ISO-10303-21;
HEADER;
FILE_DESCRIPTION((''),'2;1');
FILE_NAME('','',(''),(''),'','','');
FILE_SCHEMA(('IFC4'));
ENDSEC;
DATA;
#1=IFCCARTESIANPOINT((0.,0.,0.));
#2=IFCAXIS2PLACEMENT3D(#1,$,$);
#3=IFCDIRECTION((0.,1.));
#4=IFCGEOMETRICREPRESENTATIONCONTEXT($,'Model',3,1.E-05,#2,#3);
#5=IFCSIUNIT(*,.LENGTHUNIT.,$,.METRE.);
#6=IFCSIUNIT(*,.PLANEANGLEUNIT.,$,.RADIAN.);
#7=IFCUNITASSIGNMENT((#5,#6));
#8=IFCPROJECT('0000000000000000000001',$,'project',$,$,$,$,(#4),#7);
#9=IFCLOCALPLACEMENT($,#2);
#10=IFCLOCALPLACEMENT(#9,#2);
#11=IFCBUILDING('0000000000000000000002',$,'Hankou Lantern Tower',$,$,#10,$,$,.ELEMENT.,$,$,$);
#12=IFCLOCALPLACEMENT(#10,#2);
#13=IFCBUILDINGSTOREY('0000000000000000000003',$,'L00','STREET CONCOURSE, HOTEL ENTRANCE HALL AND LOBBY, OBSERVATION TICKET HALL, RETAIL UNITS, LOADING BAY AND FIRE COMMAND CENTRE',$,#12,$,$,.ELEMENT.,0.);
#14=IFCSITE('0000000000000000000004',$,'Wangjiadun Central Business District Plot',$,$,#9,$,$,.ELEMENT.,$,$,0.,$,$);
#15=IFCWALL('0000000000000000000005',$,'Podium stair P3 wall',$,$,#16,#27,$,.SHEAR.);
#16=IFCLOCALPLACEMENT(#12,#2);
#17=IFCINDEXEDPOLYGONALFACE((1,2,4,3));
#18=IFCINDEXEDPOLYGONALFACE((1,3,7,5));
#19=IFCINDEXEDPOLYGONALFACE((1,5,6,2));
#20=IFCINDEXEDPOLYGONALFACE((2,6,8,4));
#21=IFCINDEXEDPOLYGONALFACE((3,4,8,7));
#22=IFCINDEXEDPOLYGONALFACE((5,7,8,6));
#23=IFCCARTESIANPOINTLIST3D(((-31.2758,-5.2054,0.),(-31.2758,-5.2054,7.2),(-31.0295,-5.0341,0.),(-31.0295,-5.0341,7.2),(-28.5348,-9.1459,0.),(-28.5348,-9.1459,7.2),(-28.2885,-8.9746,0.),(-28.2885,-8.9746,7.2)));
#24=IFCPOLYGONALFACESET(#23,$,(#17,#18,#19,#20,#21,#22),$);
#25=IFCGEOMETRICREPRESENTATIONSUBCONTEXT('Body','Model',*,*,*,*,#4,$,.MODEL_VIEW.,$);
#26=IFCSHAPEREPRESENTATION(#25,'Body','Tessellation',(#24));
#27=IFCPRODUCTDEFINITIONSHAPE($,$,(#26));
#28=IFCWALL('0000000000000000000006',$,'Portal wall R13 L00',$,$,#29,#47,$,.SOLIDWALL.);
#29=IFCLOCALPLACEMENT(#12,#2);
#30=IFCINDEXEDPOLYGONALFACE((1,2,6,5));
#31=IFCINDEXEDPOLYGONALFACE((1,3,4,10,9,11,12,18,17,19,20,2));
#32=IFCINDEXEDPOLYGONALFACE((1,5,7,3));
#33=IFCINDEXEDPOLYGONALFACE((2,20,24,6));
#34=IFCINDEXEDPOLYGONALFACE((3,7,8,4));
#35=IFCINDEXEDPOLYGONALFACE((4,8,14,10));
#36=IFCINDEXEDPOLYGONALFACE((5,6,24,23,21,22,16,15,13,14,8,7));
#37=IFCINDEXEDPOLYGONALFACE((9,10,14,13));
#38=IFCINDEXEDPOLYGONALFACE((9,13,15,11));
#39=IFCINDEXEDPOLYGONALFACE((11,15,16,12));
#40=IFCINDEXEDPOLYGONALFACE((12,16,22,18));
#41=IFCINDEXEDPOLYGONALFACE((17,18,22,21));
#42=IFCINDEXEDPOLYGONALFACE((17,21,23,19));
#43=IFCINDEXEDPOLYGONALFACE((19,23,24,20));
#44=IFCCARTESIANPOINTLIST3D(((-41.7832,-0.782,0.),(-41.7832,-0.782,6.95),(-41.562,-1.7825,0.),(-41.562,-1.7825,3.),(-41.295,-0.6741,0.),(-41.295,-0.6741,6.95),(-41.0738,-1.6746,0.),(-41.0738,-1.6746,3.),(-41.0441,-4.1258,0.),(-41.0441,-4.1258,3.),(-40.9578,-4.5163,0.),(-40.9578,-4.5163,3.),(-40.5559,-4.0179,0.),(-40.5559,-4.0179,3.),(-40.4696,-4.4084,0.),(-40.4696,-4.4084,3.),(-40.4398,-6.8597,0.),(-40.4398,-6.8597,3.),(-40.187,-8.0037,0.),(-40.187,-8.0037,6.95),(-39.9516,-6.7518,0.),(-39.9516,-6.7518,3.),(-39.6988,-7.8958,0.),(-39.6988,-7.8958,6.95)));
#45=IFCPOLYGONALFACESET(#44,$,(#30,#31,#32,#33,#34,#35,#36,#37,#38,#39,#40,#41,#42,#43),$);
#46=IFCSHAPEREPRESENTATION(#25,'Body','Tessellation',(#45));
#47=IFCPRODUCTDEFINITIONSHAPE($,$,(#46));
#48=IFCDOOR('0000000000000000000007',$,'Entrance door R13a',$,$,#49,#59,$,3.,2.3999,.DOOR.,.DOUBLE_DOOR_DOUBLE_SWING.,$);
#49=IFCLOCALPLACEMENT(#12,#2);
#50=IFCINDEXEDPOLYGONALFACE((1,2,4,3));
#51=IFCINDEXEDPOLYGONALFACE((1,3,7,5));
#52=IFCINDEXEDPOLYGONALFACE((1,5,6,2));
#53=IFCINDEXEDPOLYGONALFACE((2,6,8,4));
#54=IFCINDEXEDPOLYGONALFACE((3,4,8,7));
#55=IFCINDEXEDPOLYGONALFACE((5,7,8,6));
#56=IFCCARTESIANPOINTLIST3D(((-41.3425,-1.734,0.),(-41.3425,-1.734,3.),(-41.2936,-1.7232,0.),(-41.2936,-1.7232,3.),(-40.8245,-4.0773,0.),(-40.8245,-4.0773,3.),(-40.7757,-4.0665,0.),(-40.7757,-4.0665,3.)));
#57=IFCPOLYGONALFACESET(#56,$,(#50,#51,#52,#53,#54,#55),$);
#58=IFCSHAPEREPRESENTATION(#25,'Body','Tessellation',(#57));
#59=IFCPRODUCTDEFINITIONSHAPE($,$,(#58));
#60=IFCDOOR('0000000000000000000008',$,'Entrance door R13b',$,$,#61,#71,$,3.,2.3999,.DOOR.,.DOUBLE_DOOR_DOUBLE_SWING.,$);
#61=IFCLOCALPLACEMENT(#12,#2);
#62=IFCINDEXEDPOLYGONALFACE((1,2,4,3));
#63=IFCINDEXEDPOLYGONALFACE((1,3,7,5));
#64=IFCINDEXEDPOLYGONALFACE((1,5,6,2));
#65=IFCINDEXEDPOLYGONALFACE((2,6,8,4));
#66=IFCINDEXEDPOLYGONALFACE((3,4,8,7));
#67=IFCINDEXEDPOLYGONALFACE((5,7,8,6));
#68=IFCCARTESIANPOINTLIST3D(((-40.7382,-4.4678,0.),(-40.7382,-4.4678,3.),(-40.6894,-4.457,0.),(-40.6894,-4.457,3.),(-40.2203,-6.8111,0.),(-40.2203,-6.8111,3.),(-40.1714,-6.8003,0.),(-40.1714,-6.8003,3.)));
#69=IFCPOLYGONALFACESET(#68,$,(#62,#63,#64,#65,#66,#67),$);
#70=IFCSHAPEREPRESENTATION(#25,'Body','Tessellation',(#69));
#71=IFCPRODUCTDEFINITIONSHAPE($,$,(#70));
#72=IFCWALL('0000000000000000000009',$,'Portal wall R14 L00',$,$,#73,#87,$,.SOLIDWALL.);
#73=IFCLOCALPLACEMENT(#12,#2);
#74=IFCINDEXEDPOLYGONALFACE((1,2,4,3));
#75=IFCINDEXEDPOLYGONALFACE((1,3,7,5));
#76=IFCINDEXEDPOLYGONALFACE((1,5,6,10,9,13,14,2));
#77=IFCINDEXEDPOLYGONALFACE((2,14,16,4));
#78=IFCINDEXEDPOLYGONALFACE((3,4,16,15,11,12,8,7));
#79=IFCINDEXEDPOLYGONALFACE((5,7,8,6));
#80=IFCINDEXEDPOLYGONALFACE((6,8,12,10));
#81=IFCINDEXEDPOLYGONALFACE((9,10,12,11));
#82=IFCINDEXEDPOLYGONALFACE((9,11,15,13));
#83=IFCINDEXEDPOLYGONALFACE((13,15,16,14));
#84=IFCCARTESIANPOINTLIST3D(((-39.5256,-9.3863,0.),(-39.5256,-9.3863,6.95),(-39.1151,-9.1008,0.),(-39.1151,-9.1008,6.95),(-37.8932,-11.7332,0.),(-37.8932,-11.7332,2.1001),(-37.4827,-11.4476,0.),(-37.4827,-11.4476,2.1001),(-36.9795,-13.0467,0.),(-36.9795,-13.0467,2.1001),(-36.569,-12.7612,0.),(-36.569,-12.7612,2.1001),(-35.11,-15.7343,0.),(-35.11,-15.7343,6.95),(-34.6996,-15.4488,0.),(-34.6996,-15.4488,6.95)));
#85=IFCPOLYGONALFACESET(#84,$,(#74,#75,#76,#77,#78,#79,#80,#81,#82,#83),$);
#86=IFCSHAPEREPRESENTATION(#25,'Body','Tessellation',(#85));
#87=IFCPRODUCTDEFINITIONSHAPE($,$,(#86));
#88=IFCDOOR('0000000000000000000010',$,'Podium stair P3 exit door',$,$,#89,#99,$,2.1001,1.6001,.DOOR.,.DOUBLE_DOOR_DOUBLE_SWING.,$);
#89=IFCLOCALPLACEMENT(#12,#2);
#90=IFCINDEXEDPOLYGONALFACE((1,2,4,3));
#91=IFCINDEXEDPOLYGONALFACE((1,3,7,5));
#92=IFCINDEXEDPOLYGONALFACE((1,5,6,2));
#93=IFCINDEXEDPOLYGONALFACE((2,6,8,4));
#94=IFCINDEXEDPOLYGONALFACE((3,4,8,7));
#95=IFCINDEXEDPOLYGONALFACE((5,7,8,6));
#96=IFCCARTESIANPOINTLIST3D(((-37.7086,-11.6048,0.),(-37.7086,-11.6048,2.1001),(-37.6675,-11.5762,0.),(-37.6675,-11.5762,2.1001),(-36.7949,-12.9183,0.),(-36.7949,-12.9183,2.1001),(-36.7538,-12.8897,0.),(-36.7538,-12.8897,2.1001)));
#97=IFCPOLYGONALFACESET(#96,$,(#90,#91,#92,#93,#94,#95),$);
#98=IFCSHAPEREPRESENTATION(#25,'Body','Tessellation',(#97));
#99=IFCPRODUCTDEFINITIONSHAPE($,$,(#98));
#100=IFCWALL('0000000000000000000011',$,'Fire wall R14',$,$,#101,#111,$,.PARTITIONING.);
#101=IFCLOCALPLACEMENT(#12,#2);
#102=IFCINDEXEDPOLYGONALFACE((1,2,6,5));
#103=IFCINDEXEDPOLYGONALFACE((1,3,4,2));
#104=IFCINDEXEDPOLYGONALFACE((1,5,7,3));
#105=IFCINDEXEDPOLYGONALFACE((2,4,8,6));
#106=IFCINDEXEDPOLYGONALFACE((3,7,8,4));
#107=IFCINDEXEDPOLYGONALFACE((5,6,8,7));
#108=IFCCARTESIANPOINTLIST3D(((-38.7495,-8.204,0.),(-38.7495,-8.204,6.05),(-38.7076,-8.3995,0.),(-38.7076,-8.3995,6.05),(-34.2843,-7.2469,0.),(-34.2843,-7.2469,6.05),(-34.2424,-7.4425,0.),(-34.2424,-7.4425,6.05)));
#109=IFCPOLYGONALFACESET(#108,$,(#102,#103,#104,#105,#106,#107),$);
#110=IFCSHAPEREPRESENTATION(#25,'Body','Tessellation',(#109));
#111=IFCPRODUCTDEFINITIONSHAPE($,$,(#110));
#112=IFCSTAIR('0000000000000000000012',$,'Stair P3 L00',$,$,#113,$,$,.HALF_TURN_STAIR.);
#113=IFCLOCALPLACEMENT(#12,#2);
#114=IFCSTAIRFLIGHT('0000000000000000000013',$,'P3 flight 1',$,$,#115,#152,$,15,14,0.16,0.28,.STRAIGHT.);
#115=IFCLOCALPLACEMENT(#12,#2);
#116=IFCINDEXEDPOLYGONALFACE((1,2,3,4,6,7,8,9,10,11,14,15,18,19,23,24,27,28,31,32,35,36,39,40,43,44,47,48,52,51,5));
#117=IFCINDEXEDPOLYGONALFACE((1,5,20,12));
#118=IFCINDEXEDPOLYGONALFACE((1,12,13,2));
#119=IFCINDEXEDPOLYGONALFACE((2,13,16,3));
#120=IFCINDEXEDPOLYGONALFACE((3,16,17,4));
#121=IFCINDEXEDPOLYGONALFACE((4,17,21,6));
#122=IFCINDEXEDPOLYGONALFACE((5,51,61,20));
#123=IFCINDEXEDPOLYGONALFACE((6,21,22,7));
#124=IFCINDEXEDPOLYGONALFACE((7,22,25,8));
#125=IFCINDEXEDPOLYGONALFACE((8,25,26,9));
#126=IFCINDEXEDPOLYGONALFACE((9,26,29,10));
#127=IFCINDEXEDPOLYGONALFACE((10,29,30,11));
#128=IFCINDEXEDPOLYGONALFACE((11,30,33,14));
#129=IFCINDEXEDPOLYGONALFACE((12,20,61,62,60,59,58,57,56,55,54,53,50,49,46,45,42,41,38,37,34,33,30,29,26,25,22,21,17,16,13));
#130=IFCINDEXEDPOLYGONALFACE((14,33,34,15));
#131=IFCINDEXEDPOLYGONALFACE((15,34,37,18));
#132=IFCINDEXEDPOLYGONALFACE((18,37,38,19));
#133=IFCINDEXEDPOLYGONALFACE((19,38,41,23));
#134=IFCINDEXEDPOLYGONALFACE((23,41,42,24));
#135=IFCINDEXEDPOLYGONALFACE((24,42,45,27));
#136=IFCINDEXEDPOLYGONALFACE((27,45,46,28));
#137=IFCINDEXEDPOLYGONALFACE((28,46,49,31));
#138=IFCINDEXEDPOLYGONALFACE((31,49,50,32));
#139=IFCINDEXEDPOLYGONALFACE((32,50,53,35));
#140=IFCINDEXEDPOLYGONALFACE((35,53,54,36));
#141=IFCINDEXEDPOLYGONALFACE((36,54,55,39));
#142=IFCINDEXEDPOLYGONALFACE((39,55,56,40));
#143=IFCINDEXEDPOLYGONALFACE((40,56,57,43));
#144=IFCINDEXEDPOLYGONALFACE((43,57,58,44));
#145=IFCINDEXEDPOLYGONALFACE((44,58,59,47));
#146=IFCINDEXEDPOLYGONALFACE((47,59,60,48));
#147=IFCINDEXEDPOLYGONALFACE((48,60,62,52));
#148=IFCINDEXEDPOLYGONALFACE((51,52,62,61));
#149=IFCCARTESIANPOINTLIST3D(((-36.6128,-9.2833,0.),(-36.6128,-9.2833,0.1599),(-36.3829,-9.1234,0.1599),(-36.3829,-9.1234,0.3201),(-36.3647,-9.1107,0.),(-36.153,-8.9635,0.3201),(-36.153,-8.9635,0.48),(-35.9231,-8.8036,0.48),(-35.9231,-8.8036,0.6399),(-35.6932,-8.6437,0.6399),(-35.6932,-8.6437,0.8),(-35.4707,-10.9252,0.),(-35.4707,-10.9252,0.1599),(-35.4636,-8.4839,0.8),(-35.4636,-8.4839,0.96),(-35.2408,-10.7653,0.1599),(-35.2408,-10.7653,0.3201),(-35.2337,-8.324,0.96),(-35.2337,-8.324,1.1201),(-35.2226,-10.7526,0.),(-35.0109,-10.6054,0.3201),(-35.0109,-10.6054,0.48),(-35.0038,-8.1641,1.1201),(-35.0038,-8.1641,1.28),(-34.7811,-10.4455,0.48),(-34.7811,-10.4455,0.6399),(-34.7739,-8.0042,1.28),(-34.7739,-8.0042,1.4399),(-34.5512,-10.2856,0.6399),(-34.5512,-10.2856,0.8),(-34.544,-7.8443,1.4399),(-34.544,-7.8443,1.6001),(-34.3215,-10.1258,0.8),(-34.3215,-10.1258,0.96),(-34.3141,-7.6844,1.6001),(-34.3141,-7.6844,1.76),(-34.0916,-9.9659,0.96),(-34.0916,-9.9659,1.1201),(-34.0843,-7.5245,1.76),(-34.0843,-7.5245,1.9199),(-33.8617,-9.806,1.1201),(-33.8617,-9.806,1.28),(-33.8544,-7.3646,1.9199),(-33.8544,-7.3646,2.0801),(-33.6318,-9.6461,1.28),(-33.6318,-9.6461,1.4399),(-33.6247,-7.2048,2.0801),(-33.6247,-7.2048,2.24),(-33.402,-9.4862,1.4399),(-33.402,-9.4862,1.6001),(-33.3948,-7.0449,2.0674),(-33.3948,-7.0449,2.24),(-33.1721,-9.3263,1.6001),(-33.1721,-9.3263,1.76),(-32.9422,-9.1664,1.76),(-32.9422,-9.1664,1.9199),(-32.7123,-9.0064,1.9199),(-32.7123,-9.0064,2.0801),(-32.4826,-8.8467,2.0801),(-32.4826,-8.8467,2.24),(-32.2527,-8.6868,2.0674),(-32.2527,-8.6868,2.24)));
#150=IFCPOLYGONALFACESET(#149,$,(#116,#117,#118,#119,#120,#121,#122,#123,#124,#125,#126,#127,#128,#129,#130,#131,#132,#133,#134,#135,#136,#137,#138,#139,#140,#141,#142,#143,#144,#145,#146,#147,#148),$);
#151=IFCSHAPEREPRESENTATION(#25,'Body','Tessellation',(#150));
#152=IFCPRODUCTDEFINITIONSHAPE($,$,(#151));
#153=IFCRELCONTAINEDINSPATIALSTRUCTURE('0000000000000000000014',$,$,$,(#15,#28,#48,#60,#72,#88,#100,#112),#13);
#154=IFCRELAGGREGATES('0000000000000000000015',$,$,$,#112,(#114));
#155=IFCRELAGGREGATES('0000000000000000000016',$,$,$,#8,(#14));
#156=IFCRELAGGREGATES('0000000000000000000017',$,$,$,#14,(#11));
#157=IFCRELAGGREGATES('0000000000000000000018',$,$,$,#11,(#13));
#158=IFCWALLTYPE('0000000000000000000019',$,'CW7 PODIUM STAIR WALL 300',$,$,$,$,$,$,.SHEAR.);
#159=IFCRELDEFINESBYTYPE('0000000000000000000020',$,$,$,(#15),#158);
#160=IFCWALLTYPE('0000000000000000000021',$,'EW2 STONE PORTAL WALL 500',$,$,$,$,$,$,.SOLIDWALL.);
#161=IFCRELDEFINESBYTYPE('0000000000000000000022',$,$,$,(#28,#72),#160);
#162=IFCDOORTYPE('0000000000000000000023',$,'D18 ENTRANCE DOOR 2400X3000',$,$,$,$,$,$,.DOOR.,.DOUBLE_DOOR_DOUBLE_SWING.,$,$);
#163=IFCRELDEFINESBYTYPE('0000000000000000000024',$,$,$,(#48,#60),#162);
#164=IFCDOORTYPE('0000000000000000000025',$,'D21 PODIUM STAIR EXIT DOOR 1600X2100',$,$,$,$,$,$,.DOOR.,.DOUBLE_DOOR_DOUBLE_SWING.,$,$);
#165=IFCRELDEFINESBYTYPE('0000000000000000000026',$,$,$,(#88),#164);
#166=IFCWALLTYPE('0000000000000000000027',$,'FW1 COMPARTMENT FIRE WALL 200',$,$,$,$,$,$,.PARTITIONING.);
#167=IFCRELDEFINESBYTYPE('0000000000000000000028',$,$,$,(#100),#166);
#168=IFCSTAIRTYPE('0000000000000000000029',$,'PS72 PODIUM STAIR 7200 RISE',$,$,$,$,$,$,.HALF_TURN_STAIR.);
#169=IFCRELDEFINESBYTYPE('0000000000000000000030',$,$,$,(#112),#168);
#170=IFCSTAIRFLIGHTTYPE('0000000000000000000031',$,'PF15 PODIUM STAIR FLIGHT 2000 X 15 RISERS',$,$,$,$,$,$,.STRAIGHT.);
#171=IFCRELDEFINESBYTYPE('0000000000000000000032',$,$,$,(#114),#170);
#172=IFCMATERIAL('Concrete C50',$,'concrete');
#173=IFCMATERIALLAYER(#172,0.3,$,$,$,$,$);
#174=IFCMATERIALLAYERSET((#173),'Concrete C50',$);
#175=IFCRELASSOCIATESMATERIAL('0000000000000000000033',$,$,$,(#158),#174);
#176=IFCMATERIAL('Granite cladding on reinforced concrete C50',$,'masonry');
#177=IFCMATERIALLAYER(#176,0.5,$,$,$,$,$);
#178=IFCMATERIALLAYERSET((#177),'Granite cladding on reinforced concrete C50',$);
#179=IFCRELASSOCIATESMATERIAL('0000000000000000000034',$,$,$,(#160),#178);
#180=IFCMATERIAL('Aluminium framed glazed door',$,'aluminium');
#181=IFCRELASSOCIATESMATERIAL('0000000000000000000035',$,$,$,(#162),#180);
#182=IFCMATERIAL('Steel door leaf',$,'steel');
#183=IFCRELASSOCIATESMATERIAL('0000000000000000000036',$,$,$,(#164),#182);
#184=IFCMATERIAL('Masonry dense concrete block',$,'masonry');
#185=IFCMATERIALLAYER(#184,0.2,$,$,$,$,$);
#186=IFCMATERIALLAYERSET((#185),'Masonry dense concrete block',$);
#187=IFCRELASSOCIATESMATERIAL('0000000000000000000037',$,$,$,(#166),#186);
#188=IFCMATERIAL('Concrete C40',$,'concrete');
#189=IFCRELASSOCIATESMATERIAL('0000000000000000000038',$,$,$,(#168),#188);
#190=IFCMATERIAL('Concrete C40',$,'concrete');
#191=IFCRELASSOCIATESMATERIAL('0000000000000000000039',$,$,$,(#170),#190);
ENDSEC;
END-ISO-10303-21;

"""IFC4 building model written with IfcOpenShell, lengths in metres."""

from ifc_helpers import new_model, si_unit, direction, frame, frame_2d, origin, place, context, subcontext, project, spatial, polyline, rectangle, outline, extrude, material, layer, layer_set, type_object, element, fill, aggregate, save


model = new_model("IFC4")

# Units and contexts
model_context = context("Model", 3, precision=1e-05, world=origin(), true_north=direction((0.0, 1.0)))
body_context = subcontext(model_context, "Body", "Model", "MODEL_VIEW")
ifc_project = project(units=[si_unit("LENGTHUNIT", "METRE"), si_unit("PLANEANGLEUNIT", "RADIAN")], contexts=[model_context])

# Site, building, storey
site_placement = place(None, origin())
site = spatial("IfcSite", under=ifc_project, at=site_placement, Name="Wangjiadun Central Business District Plot", CompositionType="ELEMENT", RefElevation=0.0)
building_placement = place(site_placement, origin())
building = spatial("IfcBuilding", under=site, at=building_placement, Name="Hankou Lantern Tower", CompositionType="ELEMENT")
storey_placement = place(building_placement, origin())
storey = spatial("IfcBuildingStorey", under=building, at=storey_placement, Name="L00", Description="STREET CONCOURSE, HOTEL ENTRANCE HALL AND LOBBY, OBSERVATION TICKET HALL, RETAIL UNITS, LOADING BAY AND FIRE COMMAND CENTRE", CompositionType="ELEMENT", Elevation=0.0)

# Wall
ifc_material_1 = material(Name="Concrete C50", Category="concrete")
ifc_layer_1 = layer(ifc_material_1, 0.3)
ifc_layer_set_1 = layer_set([ifc_layer_1], Name="Concrete C50")
wall_type_1 = type_object("IfcWallType", Name="CW7 PODIUM STAIR WALL 300", PredefinedType="SHEAR", material=ifc_layer_set_1)
wall_1_placement = place(storey_placement, frame((-31.1526, -5.1199, 0.0), z_axis=(0.0, 0.0, 1.0), x_axis=(0.571036, -0.820925, 0.0)))
element("IfcWall", 1, at=wall_1_placement, inside=storey, type_object=wall_type_1, Name="Podium stair P3 wall", PredefinedType="SHEAR", context=body_context, shape_type="SweptSolid", body=[
    extrude(rectangle(XDim=4.8, YDim=0.3, at=frame_2d((2.3999, 0.0))), origin(), (0.0, 0.0, 1.0), 7.2),
])

# Wall, openings, doors
ifc_material_2 = material(Name="Granite cladding on reinforced concrete C50", Category="masonry")
ifc_layer_2 = layer(ifc_material_2, 0.5)
ifc_layer_set_2 = layer_set([ifc_layer_2], Name="Granite cladding on reinforced concrete C50")
wall_type_2 = type_object("IfcWallType", Name="EW2 STONE PORTAL WALL 500", PredefinedType="SOLIDWALL", material=ifc_layer_set_2)
wall_2_placement = place(storey_placement, frame((-41.5391, -0.728, 0.0), z_axis=(0.0, 0.0, 1.0), x_axis=(0.215819, -0.976433, 0.0)))
wall_2 = element("IfcWall", 2, at=wall_2_placement, inside=storey, type_object=wall_type_2, Name="Portal wall R13 L00", PredefinedType="SOLIDWALL", context=body_context, shape_type="SweptSolid", body=[
    extrude(rectangle(XDim=7.396, YDim=0.5, at=frame_2d((3.698, 0.0))), origin(), (0.0, 0.0, 1.0), 6.95),
])
opening_1_placement = place(wall_2_placement, frame((1.0247, 0.0, 0.0)))
opening_1 = element("IfcOpeningElement", 3, at=opening_1_placement, cuts=wall_2, PredefinedType="OPENING", context=body_context, shape_type="SweptSolid", body=[
    extrude(rectangle(XDim=2.3999, YDim=3.0, at=frame_2d((1.2, 1.5))), frame((0.0, 0.26, 0.0), z_axis=(0.0, -1.0, 0.0), x_axis=(1.0, 0.0, 0.0)), (0.0, 0.0, 1.0), 0.52),
])
opening_2_placement = place(wall_2_placement, frame((3.8245, 0.0, 0.0)))
opening_2 = element("IfcOpeningElement", 4, at=opening_2_placement, cuts=wall_2, PredefinedType="OPENING", context=body_context, shape_type="SweptSolid", body=[
    extrude(rectangle(XDim=2.3999, YDim=3.0, at=frame_2d((1.2, 1.5))), frame((0.0, 0.26, 0.0), z_axis=(0.0, -1.0, 0.0), x_axis=(1.0, 0.0, 0.0)), (0.0, 0.0, 1.0), 0.52),
])
ifc_material_3 = material(Name="Aluminium framed glazed door", Category="aluminium")
door_type_1 = type_object("IfcDoorType", Name="D18 ENTRANCE DOOR 2400X3000", OperationType="DOUBLE_DOOR_DOUBLE_SWING", PredefinedType="DOOR", material=ifc_material_3)
door_1_placement = place(opening_1_placement, origin())
door_1 = element("IfcDoor", 5, at=door_1_placement, inside=storey, type_object=door_type_1, Name="Entrance door R13a", OperationType="DOUBLE_DOOR_DOUBLE_SWING", OverallHeight=3.0, OverallWidth=2.3999, PredefinedType="DOOR", context=body_context, shape_type="SweptSolid", body=[
    extrude(rectangle(XDim=2.3999, YDim=3.0, at=frame_2d((1.2, 1.5))), frame((0.0, 0.0249, 0.0), z_axis=(0.0, -1.0, 0.0), x_axis=(1.0, 0.0, 0.0)), (0.0, 0.0, 1.0), 0.05),
])
fill(opening_1, door_1)
door_2_placement = place(opening_2_placement, origin())
door_2 = element("IfcDoor", 6, at=door_2_placement, inside=storey, type_object=door_type_1, Name="Entrance door R13b", OperationType="DOUBLE_DOOR_DOUBLE_SWING", OverallHeight=3.0, OverallWidth=2.3999, PredefinedType="DOOR", context=body_context, shape_type="SweptSolid", body=[
    extrude(rectangle(XDim=2.3999, YDim=3.0, at=frame_2d((1.2, 1.5))), frame((0.0, 0.0249, 0.0), z_axis=(0.0, -1.0, 0.0), x_axis=(1.0, 0.0, 0.0)), (0.0, 0.0, 1.0), 0.05),
])
fill(opening_2, door_2)

# Wall, opening, door
wall_3_placement = place(storey_placement, frame((-39.3203, -9.2437, 0.0), z_axis=(0.0, 0.0, 1.0), x_axis=(0.571029, -0.82093, 0.0)))
wall_3 = element("IfcWall", 7, at=wall_3_placement, inside=storey, type_object=wall_type_2, Name="Portal wall R14 L00", PredefinedType="SOLIDWALL", context=body_context, shape_type="SweptSolid", body=[
    extrude(rectangle(XDim=7.7327, YDim=0.5, at=frame_2d((3.8662, 0.0))), origin(), (0.0, 0.0, 1.0), 6.95),
])
opening_3_placement = place(wall_3_placement, frame((2.8586, 0.0, 0.0)))
opening_3 = element("IfcOpeningElement", 8, at=opening_3_placement, cuts=wall_3, PredefinedType="OPENING", context=body_context, shape_type="SweptSolid", body=[
    extrude(rectangle(XDim=1.6001, YDim=2.1001, at=frame_2d((0.8, 1.05))), frame((0.0, 0.26, 0.0), z_axis=(0.0, -1.0, 0.0), x_axis=(1.0, 0.0, 0.0)), (0.0, 0.0, 1.0), 0.52),
])
ifc_material_4 = material(Name="Steel door leaf", Category="steel")
door_type_2 = type_object("IfcDoorType", Name="D21 PODIUM STAIR EXIT DOOR 1600X2100", OperationType="DOUBLE_DOOR_DOUBLE_SWING", PredefinedType="DOOR", material=ifc_material_4)
door_3_placement = place(opening_3_placement, origin())
door_3 = element("IfcDoor", 9, at=door_3_placement, inside=storey, type_object=door_type_2, Name="Podium stair P3 exit door", OperationType="DOUBLE_DOOR_DOUBLE_SWING", OverallHeight=2.1001, OverallWidth=1.6001, PredefinedType="DOOR", context=body_context, shape_type="SweptSolid", body=[
    extrude(rectangle(XDim=1.6001, YDim=2.1001, at=frame_2d((0.8, 1.05))), frame((0.0, 0.0249, 0.0), z_axis=(0.0, -1.0, 0.0), x_axis=(1.0, 0.0, 0.0)), (0.0, 0.0, 1.0), 0.05),
])
fill(opening_3, door_3)

# Wall
ifc_material_5 = material(Name="Masonry dense concrete block", Category="masonry")
ifc_layer_3 = layer(ifc_material_5, 0.2)
ifc_layer_set_3 = layer_set([ifc_layer_3], Name="Masonry dense concrete block")
wall_type_3 = type_object("IfcWallType", Name="FW1 COMPARTMENT FIRE WALL 200", PredefinedType="PARTITIONING", material=ifc_layer_set_3)
wall_4_placement = place(storey_placement, frame((-34.2634, -7.3447, 0.0), z_axis=(0.0, 0.0, 1.0), x_axis=(-0.977795, -0.209566, 0.0)))
element("IfcWall", 10, at=wall_4_placement, inside=storey, type_object=wall_type_3, Name="Fire wall R14", PredefinedType="PARTITIONING", context=body_context, shape_type="SweptSolid", body=[
    extrude(rectangle(XDim=4.5667, YDim=0.2, at=frame_2d((2.2832, 0.0))), origin(), (0.0, 0.0, 1.0), 6.05),
])

# Stair, stair flight
ifc_material_6 = material(Name="Concrete C40", Category="concrete")
stair_type = type_object("IfcStairType", Name="PS72 PODIUM STAIR 7200 RISE", PredefinedType="HALF_TURN_STAIR", material=ifc_material_6)
stair_placement = place(storey_placement, origin())
stair = element("IfcStair", 11, at=stair_placement, inside=storey, type_object=stair_type, Name="Stair P3 L00", PredefinedType="HALF_TURN_STAIR")
ifc_material_7 = material(Name="Concrete C40", Category="concrete")
stair_flight_type = type_object("IfcStairFlightType", Name="PF15 PODIUM STAIR FLIGHT 2000 X 15 RISERS", PredefinedType="STRAIGHT", material=ifc_material_7)
stair_flight_1_placement = place(storey_placement, frame((-36.0417, -10.1042, 0.0), z_axis=(0.0, 0.0, 1.0), x_axis=(0.820927, 0.571033, 0.0)))
stair_flight_1 = element("IfcStairFlight", 12, at=stair_flight_1_placement, type_object=stair_flight_type, Name="P3 flight 1", NumberOfRisers=15, NumberOfTreads=14, PredefinedType="STRAIGHT", RiserHeight=0.16, TreadLength=0.28, context=body_context, shape_type="SweptSolid", body=[
    extrude(outline(polyline([(0.0, 0.0), (0.0, 0.1599), (0.28, 0.1599), (0.28, 0.3201), (0.5601, 0.3201), (0.5601, 0.48), (0.8401, 0.48), (0.8401, 0.6399), (1.1201, 0.6399), (1.1201, 0.8), (1.3999, 0.8), (1.3999, 0.96), (1.6799, 0.96), (1.6799, 1.1201), (1.96, 1.1201), (1.96, 1.28), (2.24, 1.28), (2.24, 1.4399), (2.52, 1.4399), (2.52, 1.6001), (2.8, 1.6001), (2.8, 1.76), (3.0801, 1.76), (3.0801, 1.9199), (3.3601, 1.9199), (3.3601, 2.0801), (3.6399, 2.0801), (3.6399, 2.24), (3.9199, 2.24), (3.9199, 2.3999), (3.9199, 2.0674), (0.3022, 0.0), (0.0, 0.0)])), frame((0.0, 1.0, 0.0), z_axis=(0.0, -1.0, 0.0), x_axis=(1.0, 0.0, 0.0)), (0.0, 0.0, 1.0), 2.0),
])
aggregate(stair, [stair_flight_1])

save(model, "model.ifc")
